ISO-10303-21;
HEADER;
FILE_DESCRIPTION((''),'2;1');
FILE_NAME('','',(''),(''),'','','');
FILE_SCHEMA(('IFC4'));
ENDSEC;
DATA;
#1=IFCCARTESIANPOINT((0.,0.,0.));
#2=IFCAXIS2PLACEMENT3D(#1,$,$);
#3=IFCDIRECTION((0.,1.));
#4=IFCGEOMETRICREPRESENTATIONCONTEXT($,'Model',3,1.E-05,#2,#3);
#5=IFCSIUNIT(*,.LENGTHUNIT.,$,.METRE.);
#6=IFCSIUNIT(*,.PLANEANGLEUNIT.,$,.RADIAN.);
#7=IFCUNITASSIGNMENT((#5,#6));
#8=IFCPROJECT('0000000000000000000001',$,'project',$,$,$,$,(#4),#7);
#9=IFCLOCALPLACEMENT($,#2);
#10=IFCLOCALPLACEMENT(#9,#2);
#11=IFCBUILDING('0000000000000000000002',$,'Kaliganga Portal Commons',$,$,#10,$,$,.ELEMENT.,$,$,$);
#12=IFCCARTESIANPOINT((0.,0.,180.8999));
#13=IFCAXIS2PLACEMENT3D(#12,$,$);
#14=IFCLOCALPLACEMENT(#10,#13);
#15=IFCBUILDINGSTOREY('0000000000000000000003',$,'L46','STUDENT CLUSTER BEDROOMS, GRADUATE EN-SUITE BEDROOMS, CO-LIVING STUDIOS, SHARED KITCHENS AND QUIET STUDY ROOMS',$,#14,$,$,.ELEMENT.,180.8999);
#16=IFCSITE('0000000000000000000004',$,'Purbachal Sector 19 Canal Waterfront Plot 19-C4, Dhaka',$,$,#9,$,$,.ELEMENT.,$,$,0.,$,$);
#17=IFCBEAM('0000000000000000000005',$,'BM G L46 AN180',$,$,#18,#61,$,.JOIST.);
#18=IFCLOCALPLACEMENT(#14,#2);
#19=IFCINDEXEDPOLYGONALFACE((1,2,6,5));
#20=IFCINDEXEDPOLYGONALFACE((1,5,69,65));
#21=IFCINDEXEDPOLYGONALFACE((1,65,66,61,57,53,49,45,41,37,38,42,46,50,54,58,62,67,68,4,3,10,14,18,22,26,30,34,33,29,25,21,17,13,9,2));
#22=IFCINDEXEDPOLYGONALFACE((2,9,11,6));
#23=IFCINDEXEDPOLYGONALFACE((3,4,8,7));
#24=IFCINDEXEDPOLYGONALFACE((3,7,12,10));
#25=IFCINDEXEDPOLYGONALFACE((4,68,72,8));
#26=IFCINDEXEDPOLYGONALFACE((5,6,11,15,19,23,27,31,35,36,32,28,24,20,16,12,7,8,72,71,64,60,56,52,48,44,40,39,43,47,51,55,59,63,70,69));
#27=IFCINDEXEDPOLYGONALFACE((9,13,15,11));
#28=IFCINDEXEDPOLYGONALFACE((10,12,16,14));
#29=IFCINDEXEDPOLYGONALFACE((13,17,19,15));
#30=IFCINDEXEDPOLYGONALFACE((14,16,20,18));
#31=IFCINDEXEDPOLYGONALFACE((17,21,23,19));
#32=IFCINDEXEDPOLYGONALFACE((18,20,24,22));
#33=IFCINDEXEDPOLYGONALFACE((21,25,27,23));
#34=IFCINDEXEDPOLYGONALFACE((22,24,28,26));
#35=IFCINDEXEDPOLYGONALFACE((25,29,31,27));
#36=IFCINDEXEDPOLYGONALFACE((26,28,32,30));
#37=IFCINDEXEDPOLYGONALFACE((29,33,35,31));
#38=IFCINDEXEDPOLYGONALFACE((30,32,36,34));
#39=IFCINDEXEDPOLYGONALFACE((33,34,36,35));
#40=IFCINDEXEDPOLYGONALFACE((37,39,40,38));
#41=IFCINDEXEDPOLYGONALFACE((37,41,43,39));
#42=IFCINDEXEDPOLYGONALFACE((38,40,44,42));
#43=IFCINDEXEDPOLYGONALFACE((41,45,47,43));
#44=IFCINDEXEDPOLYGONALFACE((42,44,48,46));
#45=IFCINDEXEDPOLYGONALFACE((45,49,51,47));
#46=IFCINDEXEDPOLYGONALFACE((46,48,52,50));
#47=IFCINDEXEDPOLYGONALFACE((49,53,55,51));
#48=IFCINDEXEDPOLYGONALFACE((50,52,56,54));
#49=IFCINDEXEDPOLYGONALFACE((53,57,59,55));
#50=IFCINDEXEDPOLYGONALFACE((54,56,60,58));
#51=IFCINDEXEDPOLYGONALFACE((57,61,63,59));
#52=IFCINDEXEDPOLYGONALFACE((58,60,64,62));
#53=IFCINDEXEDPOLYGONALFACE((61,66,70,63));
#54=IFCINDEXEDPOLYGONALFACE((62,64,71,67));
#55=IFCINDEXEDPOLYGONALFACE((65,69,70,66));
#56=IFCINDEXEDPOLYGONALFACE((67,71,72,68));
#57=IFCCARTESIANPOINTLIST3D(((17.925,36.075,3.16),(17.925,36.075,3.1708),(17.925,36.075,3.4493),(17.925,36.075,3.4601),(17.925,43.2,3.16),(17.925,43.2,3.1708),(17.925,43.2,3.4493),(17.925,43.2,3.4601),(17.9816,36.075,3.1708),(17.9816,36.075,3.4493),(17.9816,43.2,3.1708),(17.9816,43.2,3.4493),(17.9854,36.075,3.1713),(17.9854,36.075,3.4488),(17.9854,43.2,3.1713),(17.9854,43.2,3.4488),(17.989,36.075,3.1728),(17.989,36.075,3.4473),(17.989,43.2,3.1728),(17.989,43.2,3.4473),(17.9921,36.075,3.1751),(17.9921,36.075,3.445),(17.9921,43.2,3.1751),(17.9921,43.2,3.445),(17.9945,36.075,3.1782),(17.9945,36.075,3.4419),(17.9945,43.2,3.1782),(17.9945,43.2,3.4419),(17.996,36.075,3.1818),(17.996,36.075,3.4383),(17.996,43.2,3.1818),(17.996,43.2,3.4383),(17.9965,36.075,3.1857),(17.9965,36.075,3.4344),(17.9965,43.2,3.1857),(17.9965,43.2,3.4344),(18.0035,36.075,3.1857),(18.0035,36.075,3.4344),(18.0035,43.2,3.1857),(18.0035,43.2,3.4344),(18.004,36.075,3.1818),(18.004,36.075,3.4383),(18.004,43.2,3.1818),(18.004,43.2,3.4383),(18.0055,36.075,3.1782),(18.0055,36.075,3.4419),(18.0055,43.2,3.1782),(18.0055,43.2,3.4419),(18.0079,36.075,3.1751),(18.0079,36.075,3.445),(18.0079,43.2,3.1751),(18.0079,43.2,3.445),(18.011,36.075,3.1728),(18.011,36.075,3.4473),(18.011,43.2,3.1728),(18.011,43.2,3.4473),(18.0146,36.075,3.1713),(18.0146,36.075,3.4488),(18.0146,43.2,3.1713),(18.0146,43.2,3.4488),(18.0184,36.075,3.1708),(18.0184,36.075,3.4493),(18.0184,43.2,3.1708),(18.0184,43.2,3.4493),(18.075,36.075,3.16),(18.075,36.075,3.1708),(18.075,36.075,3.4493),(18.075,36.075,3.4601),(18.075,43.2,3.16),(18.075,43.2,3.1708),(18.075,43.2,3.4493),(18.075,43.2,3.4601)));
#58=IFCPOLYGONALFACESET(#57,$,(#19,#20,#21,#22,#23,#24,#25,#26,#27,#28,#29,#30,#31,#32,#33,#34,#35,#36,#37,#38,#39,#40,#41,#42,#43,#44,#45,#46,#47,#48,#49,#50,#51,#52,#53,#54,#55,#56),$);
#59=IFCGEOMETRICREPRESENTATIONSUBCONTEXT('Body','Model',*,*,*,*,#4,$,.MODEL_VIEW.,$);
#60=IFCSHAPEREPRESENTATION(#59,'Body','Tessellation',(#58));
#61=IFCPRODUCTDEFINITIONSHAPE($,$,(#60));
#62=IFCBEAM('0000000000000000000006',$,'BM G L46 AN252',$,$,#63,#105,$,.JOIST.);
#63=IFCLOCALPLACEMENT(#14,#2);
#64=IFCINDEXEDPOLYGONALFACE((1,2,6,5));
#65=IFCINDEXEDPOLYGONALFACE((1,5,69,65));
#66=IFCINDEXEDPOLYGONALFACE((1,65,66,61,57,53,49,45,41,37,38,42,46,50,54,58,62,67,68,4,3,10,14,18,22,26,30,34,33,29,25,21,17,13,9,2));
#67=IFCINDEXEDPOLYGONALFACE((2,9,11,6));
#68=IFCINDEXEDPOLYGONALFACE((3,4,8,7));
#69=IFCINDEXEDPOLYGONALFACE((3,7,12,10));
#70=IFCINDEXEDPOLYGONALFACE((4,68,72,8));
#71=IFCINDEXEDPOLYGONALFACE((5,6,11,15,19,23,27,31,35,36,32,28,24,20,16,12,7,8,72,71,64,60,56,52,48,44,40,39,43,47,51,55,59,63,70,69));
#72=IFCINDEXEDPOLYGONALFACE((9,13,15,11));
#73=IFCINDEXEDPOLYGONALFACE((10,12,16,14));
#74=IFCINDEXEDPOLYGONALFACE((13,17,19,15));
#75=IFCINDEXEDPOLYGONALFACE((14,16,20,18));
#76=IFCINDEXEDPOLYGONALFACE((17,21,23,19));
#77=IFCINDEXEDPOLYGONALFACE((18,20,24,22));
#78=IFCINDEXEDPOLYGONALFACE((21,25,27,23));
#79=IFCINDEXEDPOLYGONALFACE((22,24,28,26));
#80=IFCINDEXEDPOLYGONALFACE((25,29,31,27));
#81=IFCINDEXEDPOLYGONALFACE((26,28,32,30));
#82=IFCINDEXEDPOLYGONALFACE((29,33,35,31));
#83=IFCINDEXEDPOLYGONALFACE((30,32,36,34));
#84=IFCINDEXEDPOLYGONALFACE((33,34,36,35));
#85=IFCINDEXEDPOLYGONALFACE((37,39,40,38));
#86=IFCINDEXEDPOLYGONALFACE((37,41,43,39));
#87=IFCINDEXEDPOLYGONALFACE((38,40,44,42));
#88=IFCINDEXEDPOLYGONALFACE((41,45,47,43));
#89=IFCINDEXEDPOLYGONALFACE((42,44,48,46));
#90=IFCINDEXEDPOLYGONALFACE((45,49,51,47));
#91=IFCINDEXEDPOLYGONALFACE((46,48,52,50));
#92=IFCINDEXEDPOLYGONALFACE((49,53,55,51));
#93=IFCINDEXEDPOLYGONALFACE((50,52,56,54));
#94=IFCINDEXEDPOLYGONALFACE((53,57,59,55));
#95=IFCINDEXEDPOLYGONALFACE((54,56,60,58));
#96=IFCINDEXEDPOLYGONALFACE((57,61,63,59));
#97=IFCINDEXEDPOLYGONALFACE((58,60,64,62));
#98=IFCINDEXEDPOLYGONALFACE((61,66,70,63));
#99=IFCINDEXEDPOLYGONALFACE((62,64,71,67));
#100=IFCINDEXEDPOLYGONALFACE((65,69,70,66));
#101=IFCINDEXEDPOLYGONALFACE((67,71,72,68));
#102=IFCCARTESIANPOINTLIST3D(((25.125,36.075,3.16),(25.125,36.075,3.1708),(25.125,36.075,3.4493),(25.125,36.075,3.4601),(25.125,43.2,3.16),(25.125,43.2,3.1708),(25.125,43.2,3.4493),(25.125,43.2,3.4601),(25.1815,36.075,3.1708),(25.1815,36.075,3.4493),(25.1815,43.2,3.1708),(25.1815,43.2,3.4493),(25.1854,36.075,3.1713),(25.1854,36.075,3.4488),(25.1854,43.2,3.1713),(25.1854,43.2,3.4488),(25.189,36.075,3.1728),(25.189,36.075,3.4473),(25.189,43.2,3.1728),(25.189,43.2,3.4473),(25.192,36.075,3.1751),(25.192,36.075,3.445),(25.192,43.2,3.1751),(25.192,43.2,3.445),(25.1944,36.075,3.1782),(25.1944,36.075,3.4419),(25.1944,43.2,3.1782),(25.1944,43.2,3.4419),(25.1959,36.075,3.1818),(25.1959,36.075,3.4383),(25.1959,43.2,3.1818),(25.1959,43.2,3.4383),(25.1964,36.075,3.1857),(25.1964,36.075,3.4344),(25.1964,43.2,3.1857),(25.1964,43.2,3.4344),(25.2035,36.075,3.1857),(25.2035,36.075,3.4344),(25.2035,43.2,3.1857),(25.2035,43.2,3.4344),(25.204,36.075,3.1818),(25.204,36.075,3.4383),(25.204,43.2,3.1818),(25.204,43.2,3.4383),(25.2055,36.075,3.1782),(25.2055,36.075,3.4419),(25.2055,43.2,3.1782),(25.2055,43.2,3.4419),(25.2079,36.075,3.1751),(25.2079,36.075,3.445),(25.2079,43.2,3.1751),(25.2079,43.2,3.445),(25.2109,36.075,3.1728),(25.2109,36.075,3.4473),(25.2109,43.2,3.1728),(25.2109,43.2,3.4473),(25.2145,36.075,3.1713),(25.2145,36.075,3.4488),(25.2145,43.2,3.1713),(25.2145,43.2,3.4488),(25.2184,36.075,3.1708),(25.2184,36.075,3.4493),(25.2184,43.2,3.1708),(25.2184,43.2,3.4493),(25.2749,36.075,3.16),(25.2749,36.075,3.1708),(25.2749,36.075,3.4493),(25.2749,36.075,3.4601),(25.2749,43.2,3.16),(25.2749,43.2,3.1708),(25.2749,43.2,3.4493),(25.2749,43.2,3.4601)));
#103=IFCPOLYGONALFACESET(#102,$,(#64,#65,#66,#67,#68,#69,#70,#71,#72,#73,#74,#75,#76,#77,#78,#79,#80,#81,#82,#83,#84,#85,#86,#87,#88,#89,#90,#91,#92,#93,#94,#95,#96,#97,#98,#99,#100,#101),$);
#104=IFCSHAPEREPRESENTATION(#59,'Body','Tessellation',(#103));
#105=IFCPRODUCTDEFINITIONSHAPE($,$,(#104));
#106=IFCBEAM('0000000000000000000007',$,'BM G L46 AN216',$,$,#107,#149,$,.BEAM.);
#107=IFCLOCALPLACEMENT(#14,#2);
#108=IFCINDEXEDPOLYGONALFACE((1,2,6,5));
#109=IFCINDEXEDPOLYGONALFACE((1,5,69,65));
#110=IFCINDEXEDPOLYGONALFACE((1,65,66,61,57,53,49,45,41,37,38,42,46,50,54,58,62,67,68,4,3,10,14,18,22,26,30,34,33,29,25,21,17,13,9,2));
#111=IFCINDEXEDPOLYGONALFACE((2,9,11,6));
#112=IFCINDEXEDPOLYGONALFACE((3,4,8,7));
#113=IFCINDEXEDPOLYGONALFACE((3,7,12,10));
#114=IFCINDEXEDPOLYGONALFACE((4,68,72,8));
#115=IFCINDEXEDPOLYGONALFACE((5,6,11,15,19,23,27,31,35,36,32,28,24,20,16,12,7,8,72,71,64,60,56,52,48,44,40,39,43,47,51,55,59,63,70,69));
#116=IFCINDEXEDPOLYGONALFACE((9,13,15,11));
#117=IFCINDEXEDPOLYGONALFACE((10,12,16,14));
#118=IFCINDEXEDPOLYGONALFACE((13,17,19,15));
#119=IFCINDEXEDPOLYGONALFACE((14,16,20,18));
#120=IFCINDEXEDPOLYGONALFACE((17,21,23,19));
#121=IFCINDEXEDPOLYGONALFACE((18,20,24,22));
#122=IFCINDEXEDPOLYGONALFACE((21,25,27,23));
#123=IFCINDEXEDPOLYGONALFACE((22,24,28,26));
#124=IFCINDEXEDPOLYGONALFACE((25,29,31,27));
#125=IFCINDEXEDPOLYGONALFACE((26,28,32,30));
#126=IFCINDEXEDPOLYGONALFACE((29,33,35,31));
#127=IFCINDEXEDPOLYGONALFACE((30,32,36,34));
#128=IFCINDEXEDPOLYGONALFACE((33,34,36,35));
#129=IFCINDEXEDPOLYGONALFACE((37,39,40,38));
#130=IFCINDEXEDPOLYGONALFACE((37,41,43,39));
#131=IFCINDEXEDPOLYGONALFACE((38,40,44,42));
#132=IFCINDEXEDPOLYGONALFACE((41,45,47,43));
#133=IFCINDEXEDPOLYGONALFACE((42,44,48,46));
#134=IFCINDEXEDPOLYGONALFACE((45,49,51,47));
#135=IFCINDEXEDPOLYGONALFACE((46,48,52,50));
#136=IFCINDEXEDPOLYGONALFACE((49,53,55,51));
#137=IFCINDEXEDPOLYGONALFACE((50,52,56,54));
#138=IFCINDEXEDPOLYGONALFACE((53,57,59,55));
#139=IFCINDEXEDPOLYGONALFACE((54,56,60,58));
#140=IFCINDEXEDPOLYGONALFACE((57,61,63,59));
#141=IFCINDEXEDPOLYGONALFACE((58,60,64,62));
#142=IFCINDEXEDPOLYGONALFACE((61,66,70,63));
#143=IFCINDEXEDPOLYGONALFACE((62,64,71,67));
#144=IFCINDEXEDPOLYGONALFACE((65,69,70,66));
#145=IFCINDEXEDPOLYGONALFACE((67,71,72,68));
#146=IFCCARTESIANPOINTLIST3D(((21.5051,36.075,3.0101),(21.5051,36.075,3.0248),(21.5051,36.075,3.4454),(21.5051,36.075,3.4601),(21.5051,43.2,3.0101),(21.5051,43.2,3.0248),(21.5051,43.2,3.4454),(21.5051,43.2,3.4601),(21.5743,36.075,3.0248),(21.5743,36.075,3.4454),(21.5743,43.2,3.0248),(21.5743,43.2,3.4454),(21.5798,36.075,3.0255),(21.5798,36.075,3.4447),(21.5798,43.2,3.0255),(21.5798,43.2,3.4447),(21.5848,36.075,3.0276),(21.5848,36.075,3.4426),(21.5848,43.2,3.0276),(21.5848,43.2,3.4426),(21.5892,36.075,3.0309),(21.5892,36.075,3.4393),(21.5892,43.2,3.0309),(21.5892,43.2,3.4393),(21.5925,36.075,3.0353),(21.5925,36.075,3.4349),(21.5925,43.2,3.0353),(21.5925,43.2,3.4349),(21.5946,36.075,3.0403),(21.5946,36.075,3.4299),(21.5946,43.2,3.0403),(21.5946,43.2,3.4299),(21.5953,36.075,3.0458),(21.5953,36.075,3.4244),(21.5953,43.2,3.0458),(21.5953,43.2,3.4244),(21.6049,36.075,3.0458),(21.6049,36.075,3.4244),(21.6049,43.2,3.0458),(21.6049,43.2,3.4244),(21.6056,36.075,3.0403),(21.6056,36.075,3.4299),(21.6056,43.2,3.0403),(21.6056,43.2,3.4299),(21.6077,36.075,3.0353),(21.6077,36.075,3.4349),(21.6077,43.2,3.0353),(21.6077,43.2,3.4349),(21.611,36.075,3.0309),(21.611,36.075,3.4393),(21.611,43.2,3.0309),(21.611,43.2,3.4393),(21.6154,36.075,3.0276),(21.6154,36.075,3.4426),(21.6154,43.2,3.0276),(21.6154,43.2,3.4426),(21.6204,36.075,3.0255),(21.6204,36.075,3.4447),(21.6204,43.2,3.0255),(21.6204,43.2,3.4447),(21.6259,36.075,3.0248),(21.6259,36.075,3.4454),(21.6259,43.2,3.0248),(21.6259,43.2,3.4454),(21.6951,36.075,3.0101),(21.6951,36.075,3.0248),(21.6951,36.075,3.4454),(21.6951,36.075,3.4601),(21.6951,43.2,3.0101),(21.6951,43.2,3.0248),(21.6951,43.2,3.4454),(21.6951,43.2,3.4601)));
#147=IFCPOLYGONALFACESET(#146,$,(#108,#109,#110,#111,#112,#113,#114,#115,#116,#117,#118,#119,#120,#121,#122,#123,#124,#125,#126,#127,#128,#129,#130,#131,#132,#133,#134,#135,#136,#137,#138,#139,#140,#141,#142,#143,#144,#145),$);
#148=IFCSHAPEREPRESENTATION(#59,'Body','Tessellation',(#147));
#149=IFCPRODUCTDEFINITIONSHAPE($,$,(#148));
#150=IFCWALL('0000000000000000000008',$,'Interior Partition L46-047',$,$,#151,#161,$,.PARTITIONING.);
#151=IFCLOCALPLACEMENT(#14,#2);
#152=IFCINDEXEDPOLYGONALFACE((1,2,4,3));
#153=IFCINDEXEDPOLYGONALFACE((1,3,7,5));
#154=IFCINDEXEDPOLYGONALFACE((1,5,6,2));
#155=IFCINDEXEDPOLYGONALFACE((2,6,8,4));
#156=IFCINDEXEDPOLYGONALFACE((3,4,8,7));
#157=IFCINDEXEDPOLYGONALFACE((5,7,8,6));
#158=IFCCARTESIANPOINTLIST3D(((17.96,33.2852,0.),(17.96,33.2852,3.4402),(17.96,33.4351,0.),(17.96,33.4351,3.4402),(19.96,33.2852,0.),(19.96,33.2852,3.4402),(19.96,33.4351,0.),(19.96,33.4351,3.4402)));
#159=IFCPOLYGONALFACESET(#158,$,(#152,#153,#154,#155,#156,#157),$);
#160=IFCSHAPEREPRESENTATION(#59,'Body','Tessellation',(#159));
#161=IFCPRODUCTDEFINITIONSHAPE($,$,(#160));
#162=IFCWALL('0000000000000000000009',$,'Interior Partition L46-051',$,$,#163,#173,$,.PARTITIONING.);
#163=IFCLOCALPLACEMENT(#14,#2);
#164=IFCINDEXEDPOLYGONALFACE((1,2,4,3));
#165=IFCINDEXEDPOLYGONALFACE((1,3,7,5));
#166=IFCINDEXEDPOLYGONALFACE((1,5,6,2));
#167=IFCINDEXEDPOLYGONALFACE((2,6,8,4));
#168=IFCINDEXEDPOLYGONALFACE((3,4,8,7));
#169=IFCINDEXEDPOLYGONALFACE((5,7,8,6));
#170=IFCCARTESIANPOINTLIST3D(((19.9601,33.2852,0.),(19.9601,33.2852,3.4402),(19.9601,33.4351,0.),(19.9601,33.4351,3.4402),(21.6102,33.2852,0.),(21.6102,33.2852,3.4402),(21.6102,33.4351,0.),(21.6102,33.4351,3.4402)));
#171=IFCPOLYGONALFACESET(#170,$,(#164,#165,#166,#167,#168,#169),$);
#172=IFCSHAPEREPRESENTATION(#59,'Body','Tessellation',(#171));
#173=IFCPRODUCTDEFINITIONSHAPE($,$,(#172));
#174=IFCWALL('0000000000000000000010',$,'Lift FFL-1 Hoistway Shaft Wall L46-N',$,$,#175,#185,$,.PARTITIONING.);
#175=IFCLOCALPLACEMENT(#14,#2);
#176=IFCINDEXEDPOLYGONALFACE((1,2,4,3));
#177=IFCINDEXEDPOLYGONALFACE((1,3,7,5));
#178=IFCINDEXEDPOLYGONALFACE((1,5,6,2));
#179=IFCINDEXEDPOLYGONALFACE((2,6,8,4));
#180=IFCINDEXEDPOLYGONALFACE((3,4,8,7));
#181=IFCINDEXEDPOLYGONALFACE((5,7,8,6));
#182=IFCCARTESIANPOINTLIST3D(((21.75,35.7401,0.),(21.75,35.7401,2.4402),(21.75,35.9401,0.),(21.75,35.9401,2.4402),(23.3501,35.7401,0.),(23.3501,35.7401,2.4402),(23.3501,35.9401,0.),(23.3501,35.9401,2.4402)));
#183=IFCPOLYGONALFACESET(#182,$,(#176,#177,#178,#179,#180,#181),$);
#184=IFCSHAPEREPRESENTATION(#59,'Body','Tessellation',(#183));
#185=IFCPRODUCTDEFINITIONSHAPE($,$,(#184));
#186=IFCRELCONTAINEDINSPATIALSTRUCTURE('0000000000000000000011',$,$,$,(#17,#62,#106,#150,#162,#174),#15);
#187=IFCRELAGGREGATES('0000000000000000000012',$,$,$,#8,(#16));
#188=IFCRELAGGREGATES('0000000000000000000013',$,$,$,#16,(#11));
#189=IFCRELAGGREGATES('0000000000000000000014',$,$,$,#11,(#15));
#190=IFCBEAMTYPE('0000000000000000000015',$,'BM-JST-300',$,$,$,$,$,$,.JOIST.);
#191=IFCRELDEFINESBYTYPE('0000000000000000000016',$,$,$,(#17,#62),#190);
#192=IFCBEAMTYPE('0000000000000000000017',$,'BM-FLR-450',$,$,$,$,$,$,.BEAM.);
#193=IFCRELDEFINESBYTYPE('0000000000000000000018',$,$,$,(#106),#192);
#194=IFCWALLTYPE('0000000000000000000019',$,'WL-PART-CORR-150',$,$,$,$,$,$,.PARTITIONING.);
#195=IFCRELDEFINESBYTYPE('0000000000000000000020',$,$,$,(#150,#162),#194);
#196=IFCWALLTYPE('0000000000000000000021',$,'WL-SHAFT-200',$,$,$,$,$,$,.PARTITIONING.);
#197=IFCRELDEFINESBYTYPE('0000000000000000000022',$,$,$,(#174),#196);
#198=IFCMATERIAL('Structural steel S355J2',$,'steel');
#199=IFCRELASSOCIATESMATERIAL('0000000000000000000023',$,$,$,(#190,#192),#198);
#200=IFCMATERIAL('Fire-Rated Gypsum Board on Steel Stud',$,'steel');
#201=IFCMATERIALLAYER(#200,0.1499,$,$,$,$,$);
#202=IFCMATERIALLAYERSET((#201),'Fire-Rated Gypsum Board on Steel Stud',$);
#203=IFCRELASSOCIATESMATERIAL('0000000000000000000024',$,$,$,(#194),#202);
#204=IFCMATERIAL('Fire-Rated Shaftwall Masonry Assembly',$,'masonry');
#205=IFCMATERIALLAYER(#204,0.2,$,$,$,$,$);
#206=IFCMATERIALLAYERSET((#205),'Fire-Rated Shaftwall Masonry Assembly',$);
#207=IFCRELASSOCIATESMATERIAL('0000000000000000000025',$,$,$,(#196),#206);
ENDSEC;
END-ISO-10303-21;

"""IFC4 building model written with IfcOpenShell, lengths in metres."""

from ifc_helpers import new_model, si_unit, direction, frame, frame_2d, origin, origin_2d, place, context, subcontext, project, spatial, rectangle, i_section, extrude, source, transform, mapped, material, layer, layer_set, material_profile, profile_set, type_object, element, save


model = new_model("IFC4")

# Units and contexts
model_context = context("Model", 3, precision=1e-05, world=origin(), true_north=direction((0.0, 1.0)))
body_context = subcontext(model_context, "Body", "Model", "MODEL_VIEW")
ifc_project = project(units=[si_unit("LENGTHUNIT", "METRE"), si_unit("PLANEANGLEUNIT", "RADIAN")], contexts=[model_context])

# Site, building, storey
site_placement = place(None, origin())
site = spatial("IfcSite", under=ifc_project, at=site_placement, Name="Purbachal Sector 19 Canal Waterfront Plot 19-C4, Dhaka", CompositionType="ELEMENT", RefElevation=0.0)
building_placement = place(site_placement, origin())
building = spatial("IfcBuilding", under=site, at=building_placement, Name="Kaliganga Portal Commons", CompositionType="ELEMENT")
storey_placement = place(building_placement, frame((0.0, 0.0, 180.8999)))
storey = spatial("IfcBuildingStorey", under=building, at=storey_placement, Name="L46", Description="STUDENT CLUSTER BEDROOMS, GRADUATE EN-SUITE BEDROOMS, CO-LIVING STUDIOS, SHARED KITCHENS AND QUIET STUDY ROOMS", CompositionType="ELEMENT", Elevation=180.8999)

# Beams
ifc_material_1 = material(Name="Structural steel S355J2", Category="steel")
ifc_material_profile_1 = material_profile(ifc_material_1, i_section(OverallWidth=0.1499, OverallDepth=0.3, WebThickness=0.0071, FlangeThickness=0.0107, FilletRadius=0.0149, at=origin_2d()), Name="IPE 300")
ifc_profile_set_1 = profile_set([ifc_material_profile_1], Name="Structural steel S355J2 wide-flange")
beam_type_1 = type_object("IfcBeamType", Name="BM-JST-300", PredefinedType="JOIST", material=ifc_profile_set_1)
shared_shape_1 = source(origin(), body_context, "Body", "SweptSolid", [
    extrude(i_section(OverallWidth=0.1499, OverallDepth=0.3, WebThickness=0.0071, FlangeThickness=0.0107, FilletRadius=0.0149, at=origin_2d()), origin(), (0.0, 0.0, 1.0), 7.125),
])
for number, where, z_axis, x_axis, name in (
    (1, (18.0, 36.075, 3.3101), (0.0, 1.0, 0.0), (-1.0, 0.0, 0.0), "BM G L46 AN180"),
    (2, (25.2, 36.075, 3.3101), (0.0, 1.0, 0.0), (-1.0, 0.0, 0.0), "BM G L46 AN252"),
):
    element("IfcBeam", number, at=place(storey_placement, frame(where, z_axis=z_axis, x_axis=x_axis)), inside=storey, type_object=beam_type_1, Name=name, PredefinedType="JOIST", context=body_context, shape_type="MappedRepresentation", body=[
        mapped(shared_shape_1, transform((0.0, 0.0, 0.0), x_axis=(1.0, 0.0, 0.0), y_axis=(0.0, 1.0, 0.0), z_axis=(0.0, 0.0, 1.0), scale=1.0)),
    ])
ifc_material_profile_2 = material_profile(ifc_material_1, i_section(OverallWidth=0.1899, OverallDepth=0.45, WebThickness=0.0095, FlangeThickness=0.0146, FilletRadius=0.021, at=origin_2d()), Name="IPE 450")
ifc_profile_set_2 = profile_set([ifc_material_profile_2], Name="Structural steel S355J2 wide-flange")
beam_type_2 = type_object("IfcBeamType", Name="BM-FLR-450", PredefinedType="BEAM", material=ifc_profile_set_2)
shared_shape_2 = source(origin(), body_context, "Body", "SweptSolid", [
    extrude(i_section(OverallWidth=0.1899, OverallDepth=0.45, WebThickness=0.0095, FlangeThickness=0.0146, FilletRadius=0.021, at=origin_2d()), origin(), (0.0, 0.0, 1.0), 7.125),
])
beam_placement = place(storey_placement, frame((21.6001, 36.075, 3.2351), z_axis=(0.0, 1.0, 0.0), x_axis=(-1.0, 0.0, 0.0)))
element("IfcBeam", 3, at=beam_placement, inside=storey, type_object=beam_type_2, Name="BM G L46 AN216", PredefinedType="BEAM", context=body_context, shape_type="MappedRepresentation", body=[
    mapped(shared_shape_2, transform((0.0, 0.0, 0.0), x_axis=(1.0, 0.0, 0.0), y_axis=(0.0, 1.0, 0.0), z_axis=(0.0, 0.0, 1.0), scale=1.0)),
])

# Walls
ifc_material_2 = material(Name="Fire-Rated Gypsum Board on Steel Stud", Category="steel")
ifc_layer_1 = layer(ifc_material_2, 0.1499)
ifc_layer_set_1 = layer_set([ifc_layer_1], Name="Fire-Rated Gypsum Board on Steel Stud")
wall_type_1 = type_object("IfcWallType", Name="WL-PART-CORR-150", PredefinedType="PARTITIONING", material=ifc_layer_set_1)
wall_1_placement = place(storey_placement, frame((17.96, 33.3601, 0.0), z_axis=(0.0, 0.0, 1.0), x_axis=(1.0, 0.0, 0.0)))
element("IfcWall", 4, at=wall_1_placement, inside=storey, type_object=wall_type_1, Name="Interior Partition L46-047", PredefinedType="PARTITIONING", context=body_context, shape_type="SweptSolid", body=[
    extrude(rectangle(XDim=2.0, YDim=0.1499, at=frame_2d((1.0, 0.0))), origin(), (0.0, 0.0, 1.0), 3.4402),
])
wall_2_placement = place(storey_placement, frame((19.96, 33.3601, 0.0), z_axis=(0.0, 0.0, 1.0), x_axis=(1.0, 0.0, 0.0)))
element("IfcWall", 5, at=wall_2_placement, inside=storey, type_object=wall_type_1, Name="Interior Partition L46-051", PredefinedType="PARTITIONING", context=body_context, shape_type="SweptSolid", body=[
    extrude(rectangle(XDim=1.6501, YDim=0.1499, at=frame_2d((0.8252, 0.0))), origin(), (0.0, 0.0, 1.0), 3.4402),
])

# Shared definitions
ifc_material_3 = material(Name="Fire-Rated Shaftwall Masonry Assembly", Category="masonry")
ifc_layer_2 = layer(ifc_material_3, 0.2)
ifc_layer_set_2 = layer_set([ifc_layer_2], Name="Fire-Rated Shaftwall Masonry Assembly")
wall_type_2 = type_object("IfcWallType", Name="WL-SHAFT-200", PredefinedType="PARTITIONING", material=ifc_layer_set_2)

# Wall
wall_3_placement = place(storey_placement, frame((21.75, 35.8401, 0.0), z_axis=(0.0, 0.0, 1.0), x_axis=(1.0, 0.0, 0.0)))
element("IfcWall", 6, at=wall_3_placement, inside=storey, type_object=wall_type_2, Name="Lift FFL-1 Hoistway Shaft Wall L46-N", PredefinedType="PARTITIONING", context=body_context, shape_type="SweptSolid", body=[
    extrude(rectangle(XDim=1.6001, YDim=0.2, at=frame_2d((0.8, 0.0))), origin(), (0.0, 0.0, 1.0), 2.4402),
])

save(model, "model.ifc")
